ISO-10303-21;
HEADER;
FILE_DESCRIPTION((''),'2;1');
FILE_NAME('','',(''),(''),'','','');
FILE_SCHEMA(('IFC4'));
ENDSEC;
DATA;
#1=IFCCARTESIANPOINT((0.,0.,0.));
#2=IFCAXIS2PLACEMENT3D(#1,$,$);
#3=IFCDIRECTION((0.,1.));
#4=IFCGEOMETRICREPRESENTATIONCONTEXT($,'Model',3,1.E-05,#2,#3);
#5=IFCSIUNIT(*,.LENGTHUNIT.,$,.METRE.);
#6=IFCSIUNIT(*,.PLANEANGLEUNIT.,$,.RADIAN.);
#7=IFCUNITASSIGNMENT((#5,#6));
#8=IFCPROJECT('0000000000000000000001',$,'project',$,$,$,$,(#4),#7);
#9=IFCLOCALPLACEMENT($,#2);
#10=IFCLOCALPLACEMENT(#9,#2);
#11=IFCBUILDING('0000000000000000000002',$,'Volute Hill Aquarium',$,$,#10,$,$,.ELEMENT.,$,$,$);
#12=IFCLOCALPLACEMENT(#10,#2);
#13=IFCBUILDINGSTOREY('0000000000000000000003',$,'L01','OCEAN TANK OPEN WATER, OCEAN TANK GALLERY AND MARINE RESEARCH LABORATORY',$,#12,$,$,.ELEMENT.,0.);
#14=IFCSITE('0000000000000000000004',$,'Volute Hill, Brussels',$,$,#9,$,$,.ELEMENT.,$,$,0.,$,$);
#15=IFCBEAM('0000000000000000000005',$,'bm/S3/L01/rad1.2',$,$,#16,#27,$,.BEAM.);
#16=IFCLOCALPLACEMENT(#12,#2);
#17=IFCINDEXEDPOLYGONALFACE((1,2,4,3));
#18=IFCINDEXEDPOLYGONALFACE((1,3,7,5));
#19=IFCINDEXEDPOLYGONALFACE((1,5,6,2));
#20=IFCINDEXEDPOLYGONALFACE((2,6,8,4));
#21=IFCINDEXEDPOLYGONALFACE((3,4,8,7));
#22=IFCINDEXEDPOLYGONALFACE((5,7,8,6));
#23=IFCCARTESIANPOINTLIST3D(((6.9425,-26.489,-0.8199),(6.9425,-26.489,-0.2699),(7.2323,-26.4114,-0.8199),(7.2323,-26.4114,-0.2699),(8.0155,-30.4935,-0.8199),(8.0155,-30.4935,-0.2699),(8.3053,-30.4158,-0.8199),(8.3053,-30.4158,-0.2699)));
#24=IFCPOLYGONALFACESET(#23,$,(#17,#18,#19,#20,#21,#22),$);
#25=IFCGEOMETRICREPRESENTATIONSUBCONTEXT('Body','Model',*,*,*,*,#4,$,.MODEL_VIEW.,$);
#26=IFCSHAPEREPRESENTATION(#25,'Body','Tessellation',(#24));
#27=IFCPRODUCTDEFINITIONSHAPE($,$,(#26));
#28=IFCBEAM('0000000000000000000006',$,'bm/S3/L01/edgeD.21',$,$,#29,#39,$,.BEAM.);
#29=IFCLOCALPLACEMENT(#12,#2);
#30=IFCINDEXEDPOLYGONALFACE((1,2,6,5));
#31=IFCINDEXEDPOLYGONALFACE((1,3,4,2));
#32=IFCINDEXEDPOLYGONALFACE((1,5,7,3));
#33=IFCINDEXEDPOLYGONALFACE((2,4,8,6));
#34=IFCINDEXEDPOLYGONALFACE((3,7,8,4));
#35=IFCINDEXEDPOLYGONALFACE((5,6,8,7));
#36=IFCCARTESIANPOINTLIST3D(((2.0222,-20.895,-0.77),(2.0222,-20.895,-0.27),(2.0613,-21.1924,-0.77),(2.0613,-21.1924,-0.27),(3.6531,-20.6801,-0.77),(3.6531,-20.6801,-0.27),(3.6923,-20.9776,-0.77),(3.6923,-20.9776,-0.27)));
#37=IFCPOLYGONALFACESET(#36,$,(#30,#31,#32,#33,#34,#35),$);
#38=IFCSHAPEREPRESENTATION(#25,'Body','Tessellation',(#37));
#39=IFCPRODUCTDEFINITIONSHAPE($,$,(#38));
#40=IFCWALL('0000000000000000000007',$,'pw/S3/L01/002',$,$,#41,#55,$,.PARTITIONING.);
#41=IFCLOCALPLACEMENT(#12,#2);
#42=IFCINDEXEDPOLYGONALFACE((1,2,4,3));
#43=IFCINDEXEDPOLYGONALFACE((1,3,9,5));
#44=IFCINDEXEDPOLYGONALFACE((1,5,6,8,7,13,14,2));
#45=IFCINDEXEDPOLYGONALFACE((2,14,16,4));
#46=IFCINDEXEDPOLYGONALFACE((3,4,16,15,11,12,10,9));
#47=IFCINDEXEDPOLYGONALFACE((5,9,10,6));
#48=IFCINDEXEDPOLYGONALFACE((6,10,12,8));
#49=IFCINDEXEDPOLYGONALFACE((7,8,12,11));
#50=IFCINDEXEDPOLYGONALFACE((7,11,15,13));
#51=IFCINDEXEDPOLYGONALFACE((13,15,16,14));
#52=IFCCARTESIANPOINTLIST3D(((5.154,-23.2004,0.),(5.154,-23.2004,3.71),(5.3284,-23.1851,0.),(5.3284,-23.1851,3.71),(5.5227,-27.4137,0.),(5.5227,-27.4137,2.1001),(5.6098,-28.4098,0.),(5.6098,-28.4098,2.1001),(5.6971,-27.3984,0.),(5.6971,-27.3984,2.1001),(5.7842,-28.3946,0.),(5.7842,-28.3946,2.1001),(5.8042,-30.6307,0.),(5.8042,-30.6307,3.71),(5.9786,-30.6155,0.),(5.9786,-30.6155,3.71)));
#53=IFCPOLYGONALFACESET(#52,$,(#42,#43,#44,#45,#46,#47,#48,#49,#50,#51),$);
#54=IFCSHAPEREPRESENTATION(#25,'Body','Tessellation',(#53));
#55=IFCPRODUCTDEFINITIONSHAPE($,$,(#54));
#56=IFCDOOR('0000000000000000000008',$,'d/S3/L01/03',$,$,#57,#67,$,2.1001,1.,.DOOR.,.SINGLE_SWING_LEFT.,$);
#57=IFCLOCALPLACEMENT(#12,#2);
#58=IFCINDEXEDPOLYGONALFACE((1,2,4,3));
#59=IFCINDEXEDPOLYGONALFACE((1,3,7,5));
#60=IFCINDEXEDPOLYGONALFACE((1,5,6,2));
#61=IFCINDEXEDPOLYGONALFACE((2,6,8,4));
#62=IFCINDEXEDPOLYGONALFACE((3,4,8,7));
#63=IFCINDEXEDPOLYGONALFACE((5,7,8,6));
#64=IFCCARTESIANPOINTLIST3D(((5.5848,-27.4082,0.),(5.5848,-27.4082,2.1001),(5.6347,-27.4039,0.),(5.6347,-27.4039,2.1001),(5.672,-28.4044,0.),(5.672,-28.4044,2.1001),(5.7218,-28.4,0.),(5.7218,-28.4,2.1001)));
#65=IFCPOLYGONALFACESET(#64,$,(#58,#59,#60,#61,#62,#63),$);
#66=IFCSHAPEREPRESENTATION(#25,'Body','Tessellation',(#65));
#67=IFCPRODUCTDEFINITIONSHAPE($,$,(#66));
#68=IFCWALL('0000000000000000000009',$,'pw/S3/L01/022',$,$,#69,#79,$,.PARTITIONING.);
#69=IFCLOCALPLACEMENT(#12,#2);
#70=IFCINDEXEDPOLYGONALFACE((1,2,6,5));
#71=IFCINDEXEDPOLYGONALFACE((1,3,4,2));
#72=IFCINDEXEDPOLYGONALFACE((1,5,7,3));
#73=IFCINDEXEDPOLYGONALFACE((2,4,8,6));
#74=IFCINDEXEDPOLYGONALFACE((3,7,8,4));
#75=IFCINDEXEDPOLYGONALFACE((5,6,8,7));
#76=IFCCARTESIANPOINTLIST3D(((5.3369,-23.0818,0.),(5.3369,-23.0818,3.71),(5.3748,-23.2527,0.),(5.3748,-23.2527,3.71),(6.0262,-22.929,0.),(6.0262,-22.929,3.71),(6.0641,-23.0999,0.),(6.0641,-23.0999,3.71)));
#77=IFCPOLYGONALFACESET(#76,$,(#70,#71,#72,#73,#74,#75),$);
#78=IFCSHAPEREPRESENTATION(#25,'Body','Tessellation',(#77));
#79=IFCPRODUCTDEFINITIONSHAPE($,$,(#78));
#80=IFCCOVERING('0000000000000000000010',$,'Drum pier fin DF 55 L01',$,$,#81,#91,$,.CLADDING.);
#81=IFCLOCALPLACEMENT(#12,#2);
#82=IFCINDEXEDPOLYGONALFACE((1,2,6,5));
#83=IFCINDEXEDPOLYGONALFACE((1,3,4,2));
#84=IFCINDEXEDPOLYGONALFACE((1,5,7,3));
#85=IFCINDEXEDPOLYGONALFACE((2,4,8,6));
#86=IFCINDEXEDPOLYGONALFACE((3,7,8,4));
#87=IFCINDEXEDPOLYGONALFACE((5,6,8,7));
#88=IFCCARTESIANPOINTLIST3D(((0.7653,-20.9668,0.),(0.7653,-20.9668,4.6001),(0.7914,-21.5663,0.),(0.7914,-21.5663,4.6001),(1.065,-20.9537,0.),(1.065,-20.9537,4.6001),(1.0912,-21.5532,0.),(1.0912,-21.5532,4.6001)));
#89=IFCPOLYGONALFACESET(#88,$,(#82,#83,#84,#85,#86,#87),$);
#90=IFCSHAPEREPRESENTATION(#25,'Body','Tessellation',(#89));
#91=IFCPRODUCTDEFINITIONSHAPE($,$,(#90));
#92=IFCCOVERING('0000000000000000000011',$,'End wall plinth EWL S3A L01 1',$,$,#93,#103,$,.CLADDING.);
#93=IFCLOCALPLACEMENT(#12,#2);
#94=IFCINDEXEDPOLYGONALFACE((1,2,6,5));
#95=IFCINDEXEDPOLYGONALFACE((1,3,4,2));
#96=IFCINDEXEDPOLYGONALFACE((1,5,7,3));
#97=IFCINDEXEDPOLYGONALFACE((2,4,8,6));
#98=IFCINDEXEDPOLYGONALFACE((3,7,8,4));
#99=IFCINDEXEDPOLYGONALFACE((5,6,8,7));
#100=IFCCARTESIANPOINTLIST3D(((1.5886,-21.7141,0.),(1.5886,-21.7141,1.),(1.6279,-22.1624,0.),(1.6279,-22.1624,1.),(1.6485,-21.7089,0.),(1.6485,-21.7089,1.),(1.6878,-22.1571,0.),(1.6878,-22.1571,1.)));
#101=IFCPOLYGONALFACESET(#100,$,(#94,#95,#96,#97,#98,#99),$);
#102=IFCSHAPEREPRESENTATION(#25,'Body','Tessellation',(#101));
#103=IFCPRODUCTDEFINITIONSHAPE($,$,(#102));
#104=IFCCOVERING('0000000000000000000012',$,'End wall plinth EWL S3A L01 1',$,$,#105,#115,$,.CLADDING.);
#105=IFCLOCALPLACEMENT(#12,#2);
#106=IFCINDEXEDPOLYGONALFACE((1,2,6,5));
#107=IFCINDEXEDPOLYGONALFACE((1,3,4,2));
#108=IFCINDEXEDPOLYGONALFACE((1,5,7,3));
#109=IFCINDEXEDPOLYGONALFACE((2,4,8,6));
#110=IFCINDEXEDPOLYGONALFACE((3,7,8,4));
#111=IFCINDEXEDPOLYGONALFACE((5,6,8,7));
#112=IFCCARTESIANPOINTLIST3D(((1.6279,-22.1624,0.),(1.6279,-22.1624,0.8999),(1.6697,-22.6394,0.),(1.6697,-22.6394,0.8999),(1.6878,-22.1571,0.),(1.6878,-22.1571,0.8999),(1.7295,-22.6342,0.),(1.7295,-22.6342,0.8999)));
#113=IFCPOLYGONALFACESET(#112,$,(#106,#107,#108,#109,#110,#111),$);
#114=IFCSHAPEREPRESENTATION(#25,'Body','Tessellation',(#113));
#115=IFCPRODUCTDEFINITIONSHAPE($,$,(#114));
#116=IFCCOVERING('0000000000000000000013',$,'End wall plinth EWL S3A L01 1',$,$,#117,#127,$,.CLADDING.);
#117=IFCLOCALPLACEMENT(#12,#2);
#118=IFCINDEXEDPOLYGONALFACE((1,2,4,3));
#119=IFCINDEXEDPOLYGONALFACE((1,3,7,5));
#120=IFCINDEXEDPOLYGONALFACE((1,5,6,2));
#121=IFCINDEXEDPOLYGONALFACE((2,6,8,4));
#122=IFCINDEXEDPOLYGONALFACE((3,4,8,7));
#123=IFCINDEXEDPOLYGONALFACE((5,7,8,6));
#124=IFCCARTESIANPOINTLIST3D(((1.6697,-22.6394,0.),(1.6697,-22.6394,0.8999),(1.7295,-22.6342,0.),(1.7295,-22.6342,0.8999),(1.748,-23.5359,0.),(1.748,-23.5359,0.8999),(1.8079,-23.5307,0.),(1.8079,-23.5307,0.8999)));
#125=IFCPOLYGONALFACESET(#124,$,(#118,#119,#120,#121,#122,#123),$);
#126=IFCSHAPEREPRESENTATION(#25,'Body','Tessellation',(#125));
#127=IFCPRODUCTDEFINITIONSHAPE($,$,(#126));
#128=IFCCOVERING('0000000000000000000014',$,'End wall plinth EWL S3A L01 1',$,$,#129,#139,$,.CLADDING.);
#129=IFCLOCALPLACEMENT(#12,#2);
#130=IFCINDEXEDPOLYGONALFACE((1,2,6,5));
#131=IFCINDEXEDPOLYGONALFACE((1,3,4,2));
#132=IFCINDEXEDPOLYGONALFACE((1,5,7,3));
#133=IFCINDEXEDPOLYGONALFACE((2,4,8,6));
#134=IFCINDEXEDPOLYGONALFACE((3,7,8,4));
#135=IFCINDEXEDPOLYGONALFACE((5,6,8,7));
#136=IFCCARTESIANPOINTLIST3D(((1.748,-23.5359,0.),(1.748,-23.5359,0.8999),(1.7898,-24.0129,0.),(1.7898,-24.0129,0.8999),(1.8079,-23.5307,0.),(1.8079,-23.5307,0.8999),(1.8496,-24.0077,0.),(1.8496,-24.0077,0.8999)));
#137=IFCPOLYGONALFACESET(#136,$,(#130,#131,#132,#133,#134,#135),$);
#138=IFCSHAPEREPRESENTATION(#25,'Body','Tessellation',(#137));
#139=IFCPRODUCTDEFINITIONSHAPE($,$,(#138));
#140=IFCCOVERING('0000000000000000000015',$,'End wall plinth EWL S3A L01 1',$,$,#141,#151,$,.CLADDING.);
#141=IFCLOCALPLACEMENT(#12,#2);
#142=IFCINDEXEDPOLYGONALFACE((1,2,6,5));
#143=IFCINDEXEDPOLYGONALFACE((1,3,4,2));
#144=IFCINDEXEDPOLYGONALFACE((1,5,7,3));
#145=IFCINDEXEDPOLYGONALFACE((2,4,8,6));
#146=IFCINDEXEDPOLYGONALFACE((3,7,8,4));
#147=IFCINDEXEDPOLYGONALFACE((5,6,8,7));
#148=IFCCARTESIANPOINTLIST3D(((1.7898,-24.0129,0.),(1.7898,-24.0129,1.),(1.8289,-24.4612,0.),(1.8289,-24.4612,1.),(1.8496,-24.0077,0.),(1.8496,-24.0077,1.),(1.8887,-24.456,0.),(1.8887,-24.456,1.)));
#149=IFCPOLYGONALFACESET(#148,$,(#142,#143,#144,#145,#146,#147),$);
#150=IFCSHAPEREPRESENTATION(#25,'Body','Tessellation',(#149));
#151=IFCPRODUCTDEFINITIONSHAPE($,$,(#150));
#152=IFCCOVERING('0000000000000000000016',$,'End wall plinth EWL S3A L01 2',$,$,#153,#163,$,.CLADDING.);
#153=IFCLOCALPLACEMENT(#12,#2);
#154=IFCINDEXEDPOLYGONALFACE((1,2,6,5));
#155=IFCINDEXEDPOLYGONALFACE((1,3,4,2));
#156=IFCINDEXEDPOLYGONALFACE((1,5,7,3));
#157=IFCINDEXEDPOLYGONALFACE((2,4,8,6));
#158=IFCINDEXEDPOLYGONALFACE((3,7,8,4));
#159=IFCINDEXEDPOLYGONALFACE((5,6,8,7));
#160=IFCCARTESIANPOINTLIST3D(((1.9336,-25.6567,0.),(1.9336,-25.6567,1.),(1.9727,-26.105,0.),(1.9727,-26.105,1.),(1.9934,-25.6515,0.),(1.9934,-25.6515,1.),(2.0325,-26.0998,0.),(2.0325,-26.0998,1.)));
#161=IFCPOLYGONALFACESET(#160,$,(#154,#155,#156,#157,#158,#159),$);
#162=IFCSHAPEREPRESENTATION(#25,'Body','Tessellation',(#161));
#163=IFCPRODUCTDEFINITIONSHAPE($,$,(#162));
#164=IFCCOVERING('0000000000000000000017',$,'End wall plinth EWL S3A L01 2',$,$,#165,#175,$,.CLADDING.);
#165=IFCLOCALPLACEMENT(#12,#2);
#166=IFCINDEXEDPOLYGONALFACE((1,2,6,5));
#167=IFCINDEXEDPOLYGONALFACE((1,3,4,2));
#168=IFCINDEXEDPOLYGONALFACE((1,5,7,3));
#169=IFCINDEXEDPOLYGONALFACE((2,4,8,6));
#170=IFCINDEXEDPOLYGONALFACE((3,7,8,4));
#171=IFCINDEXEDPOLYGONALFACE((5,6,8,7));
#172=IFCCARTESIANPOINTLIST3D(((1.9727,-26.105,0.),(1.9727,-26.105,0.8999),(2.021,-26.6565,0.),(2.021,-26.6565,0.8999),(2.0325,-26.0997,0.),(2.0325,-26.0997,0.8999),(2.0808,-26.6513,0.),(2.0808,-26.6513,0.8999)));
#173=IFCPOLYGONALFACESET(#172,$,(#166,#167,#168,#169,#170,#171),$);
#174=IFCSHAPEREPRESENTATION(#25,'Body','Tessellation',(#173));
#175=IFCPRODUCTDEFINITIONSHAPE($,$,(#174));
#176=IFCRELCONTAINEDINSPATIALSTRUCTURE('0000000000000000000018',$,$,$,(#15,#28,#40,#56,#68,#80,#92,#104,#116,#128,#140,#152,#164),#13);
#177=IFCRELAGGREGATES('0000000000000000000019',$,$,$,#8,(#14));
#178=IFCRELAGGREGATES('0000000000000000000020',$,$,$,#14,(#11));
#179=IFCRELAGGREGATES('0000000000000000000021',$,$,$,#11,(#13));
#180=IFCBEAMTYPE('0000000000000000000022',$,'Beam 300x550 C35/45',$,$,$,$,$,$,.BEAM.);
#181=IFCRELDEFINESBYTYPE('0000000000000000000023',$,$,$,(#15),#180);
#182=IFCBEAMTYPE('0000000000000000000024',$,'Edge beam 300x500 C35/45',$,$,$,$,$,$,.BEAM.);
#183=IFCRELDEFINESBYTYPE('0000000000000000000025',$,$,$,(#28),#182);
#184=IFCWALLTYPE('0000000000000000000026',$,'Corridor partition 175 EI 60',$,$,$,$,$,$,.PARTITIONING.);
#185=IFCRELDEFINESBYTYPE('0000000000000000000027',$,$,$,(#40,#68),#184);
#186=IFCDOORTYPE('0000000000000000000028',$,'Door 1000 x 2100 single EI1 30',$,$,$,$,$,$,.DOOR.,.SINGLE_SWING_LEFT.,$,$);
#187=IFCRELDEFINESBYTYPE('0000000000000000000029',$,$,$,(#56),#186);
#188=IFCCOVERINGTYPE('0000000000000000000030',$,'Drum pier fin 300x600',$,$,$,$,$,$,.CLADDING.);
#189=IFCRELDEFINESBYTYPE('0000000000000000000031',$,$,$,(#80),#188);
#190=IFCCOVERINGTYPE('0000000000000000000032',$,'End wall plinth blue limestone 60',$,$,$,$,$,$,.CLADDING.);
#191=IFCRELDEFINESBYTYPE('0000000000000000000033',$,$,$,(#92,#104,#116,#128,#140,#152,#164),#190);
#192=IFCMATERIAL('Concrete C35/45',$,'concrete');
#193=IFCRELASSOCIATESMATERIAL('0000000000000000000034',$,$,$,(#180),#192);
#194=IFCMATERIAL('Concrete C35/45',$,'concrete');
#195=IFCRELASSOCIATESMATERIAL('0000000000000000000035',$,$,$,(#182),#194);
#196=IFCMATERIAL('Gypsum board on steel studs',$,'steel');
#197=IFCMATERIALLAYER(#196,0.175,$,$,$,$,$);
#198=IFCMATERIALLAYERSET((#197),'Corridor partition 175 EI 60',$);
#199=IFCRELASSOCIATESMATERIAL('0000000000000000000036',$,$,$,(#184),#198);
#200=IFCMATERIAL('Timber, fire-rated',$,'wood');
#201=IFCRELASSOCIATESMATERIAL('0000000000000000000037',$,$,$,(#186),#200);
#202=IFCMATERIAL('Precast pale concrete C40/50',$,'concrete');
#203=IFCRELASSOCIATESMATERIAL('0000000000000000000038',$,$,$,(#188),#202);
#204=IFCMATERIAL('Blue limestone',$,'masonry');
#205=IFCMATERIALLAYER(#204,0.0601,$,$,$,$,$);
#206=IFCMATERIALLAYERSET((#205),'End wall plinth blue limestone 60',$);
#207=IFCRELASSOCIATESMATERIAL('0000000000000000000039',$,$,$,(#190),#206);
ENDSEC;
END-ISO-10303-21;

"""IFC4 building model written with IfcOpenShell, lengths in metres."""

from ifc_helpers import new_model, si_unit, direction, frame, frame_2d, origin, origin_2d, place, context, subcontext, project, spatial, polyline, rectangle, outline, extrude, material, layer, layer_set, material_profile, profile_set, type_object, element, fill, save


model = new_model("IFC4")

# Units and contexts
model_context = context("Model", 3, precision=1e-05, world=origin(), true_north=direction((0.0, 1.0)))
body_context = subcontext(model_context, "Body", "Model", "MODEL_VIEW")
ifc_project = project(units=[si_unit("LENGTHUNIT", "METRE"), si_unit("PLANEANGLEUNIT", "RADIAN")], contexts=[model_context])

# Site, building, storey
site_placement = place(None, origin())
site = spatial("IfcSite", under=ifc_project, at=site_placement, Name="Volute Hill, Brussels", CompositionType="ELEMENT", RefElevation=0.0)
building_placement = place(site_placement, origin())
building = spatial("IfcBuilding", under=site, at=building_placement, Name="Volute Hill Aquarium", CompositionType="ELEMENT")
storey_placement = place(building_placement, origin())
storey = spatial("IfcBuildingStorey", under=building, at=storey_placement, Name="L01", Description="OCEAN TANK OPEN WATER, OCEAN TANK GALLERY AND MARINE RESEARCH LABORATORY", CompositionType="ELEMENT", Elevation=0.0)

# Beams
ifc_material_1 = material(Name="Concrete C35/45", Category="concrete")
ifc_material_profile_1 = material_profile(ifc_material_1, rectangle(XDim=0.3, YDim=0.55, at=origin_2d()), Name="RC beam 300x550")
ifc_profile_set_1 = profile_set([ifc_material_profile_1], Name="Concrete C35/45")
beam_type_1 = type_object("IfcBeamType", Name="Beam 300x550 C35/45", PredefinedType="BEAM", material=ifc_profile_set_1)
beam_1_placement = place(storey_placement, frame((7.0874, -26.4502, -0.5449), z_axis=(0.258824, -0.965924, 0.0), x_axis=(0.965924, 0.258824, 0.0)))
element("IfcBeam", 1, at=beam_1_placement, inside=storey, type_object=beam_type_1, Name="bm/S3/L01/rad1.2", PredefinedType="BEAM", context=body_context, shape_type="SweptSolid", body=[
    extrude(rectangle(XDim=0.3, YDim=0.55, at=origin_2d()), origin(), (0.0, 0.0, 1.0), 4.1458),
])
ifc_material_2 = material(Name="Concrete C35/45", Category="concrete")
ifc_material_profile_2 = material_profile(ifc_material_2, rectangle(XDim=0.3, YDim=0.5, at=origin_2d()), Name="RC edge beam 300x500")
ifc_profile_set_2 = profile_set([ifc_material_profile_2], Name="Concrete C35/45")
beam_type_2 = type_object("IfcBeamType", Name="Edge beam 300x500 C35/45", PredefinedType="BEAM", material=ifc_profile_set_2)
beam_2_placement = place(storey_placement, frame((2.0417, -21.0437, -0.52), z_axis=(0.991434, 0.130608, 0.0), x_axis=(-0.130608, 0.991434, 0.0)))
element("IfcBeam", 2, at=beam_2_placement, inside=storey, type_object=beam_type_2, Name="bm/S3/L01/edgeD.21", PredefinedType="BEAM", context=body_context, shape_type="SweptSolid", body=[
    extrude(rectangle(XDim=0.3, YDim=0.5, at=origin_2d()), origin(), (0.0, 0.0, 1.0), 1.645),
])

# Wall, opening, door
ifc_material_3 = material(Name="Gypsum board on steel studs", Category="steel")
ifc_layer_1 = layer(ifc_material_3, 0.175)
ifc_layer_set_1 = layer_set([ifc_layer_1], Name="Corridor partition 175 EI 60")
wall_type = type_object("IfcWallType", Name="Corridor partition 175 EI 60", PredefinedType="PARTITIONING", material=ifc_layer_set_1)
wall_1_placement = place(storey_placement, frame((5.2412, -23.1926, 0.0), z_axis=(0.0, 0.0, 1.0), x_axis=(0.087165, -0.996194, 0.0)))
wall_1 = element("IfcWall", 3, at=wall_1_placement, inside=storey, type_object=wall_type, Name="pw/S3/L01/002", PredefinedType="PARTITIONING", context=body_context, shape_type="SweptSolid", body=[
    extrude(rectangle(XDim=7.4587, YDim=0.175, at=frame_2d((3.7295, 0.0))), origin(), (0.0, 0.0, 1.0), 3.71),
])
opening_placement = place(wall_1_placement, frame((4.2295, 0.0, 0.0)))
opening = element("IfcOpeningElement", 4, at=opening_placement, cuts=wall_1, PredefinedType="OPENING", context=body_context, shape_type="SweptSolid", body=[
    extrude(rectangle(XDim=1.0, YDim=2.1001, at=frame_2d((0.5, 1.05))), frame((0.0, 0.0974, 0.0), z_axis=(0.0, -1.0, 0.0), x_axis=(1.0, 0.0, 0.0)), (0.0, 0.0, 1.0), 0.1951),
])
ifc_material_4 = material(Name="Timber, fire-rated", Category="wood")
door_type = type_object("IfcDoorType", Name="Door 1000 x 2100 single EI1 30", OperationType="SINGLE_SWING_LEFT", PredefinedType="DOOR", material=ifc_material_4)
door_placement = place(opening_placement, origin())
door = element("IfcDoor", 5, at=door_placement, inside=storey, type_object=door_type, Name="d/S3/L01/03", OperationType="SINGLE_SWING_LEFT", OverallHeight=2.1001, OverallWidth=1.0, PredefinedType="DOOR", context=body_context, shape_type="SweptSolid", body=[
    extrude(rectangle(XDim=1.0, YDim=2.1001, at=frame_2d((0.5, 1.05))), frame((0.0, 0.0249, 0.0), z_axis=(0.0, -1.0, 0.0), x_axis=(1.0, 0.0, 0.0)), (0.0, 0.0, 1.0), 0.05),
])
fill(opening, door)

# Wall
wall_2_placement = place(storey_placement, frame((6.0452, -23.0144, 0.0), z_axis=(0.0, 0.0, 1.0), x_axis=(-0.976285, -0.216491, 0.0)))
element("IfcWall", 6, at=wall_2_placement, inside=storey, type_object=wall_type, Name="pw/S3/L01/022", PredefinedType="PARTITIONING", context=body_context, shape_type="SweptSolid", body=[
    extrude(rectangle(XDim=0.7061, YDim=0.175, at=frame_2d((0.353, 0.0))), origin(), (0.0, 0.0, 1.0), 3.71),
])

# Coverings
ifc_material_5 = material(Name="Precast pale concrete C40/50", Category="concrete")
covering_type_1 = type_object("IfcCoveringType", Name="Drum pier fin 300x600", PredefinedType="CLADDING", material=ifc_material_5)
covering_1_placement = place(storey_placement, frame((0.9282, -21.26, 0.0), z_axis=(0.0, 0.0, 1.0), x_axis=(0.999048, 0.043619, 0.0)))
element("IfcCovering", 7, at=covering_1_placement, inside=storey, type_object=covering_type_1, Name="Drum pier fin DF 55 L01", PredefinedType="CLADDING", context=body_context, shape_type="SweptSolid", body=[
    extrude(rectangle(XDim=0.3, YDim=0.6001, at=origin_2d()), origin(), (0.0, 0.0, 1.0), 4.6001),
])
ifc_material_6 = material(Name="Blue limestone", Category="masonry")
ifc_layer_2 = layer(ifc_material_6, 0.0601)
ifc_layer_set_2 = layer_set([ifc_layer_2], Name="End wall plinth blue limestone 60")
covering_type_2 = type_object("IfcCoveringType", Name="End wall plinth blue limestone 60", PredefinedType="CLADDING", material=ifc_layer_set_2)
covering_2_placement = place(storey_placement, frame((1.5886, -21.7141, 0.0), z_axis=(-0.996177, -0.087355, 0.0), x_axis=(0.087355, -0.996177, 0.0)))
element("IfcCovering", 8, at=covering_2_placement, inside=storey, type_object=covering_type_2, Name="End wall plinth EWL S3A L01 1", PredefinedType="CLADDING", context=body_context, shape_type="SweptSolid", body=[
    extrude(outline(polyline([(0.0, 0.0), (0.45, 0.0), (0.45, 1.0), (0.0, 1.0), (0.0, 0.0)])), origin(), (0.0, 0.0, -1.0), 0.0601),
])
covering_3_placement = place(storey_placement, frame((1.6279, -22.1624, 0.0), z_axis=(-0.996193, -0.08718, 0.0), x_axis=(0.08718, -0.996193, 0.0)))
element("IfcCovering", 9, at=covering_3_placement, inside=storey, type_object=covering_type_2, Name="End wall plinth EWL S3A L01 1", PredefinedType="CLADDING", context=body_context, shape_type="SweptSolid", body=[
    extrude(outline(polyline([(0.0, 0.0), (0.4789, 0.0), (0.4789, 0.8999), (0.0, 0.8999), (0.0, 0.0)])), origin(), (0.0, 0.0, -1.0), 0.0601),
])
covering_4_placement = place(storey_placement, frame((1.6697, -22.6394, 0.0), z_axis=(-0.996201, -0.087086, 0.0), x_axis=(0.087086, -0.996201, 0.0)))
element("IfcCovering", 10, at=covering_4_placement, inside=storey, type_object=covering_type_2, Name="End wall plinth EWL S3A L01 1", PredefinedType="CLADDING", context=body_context, shape_type="SweptSolid", body=[
    extrude(outline(polyline([(0.0, 0.0), (0.8999, 0.0), (0.8999, 0.8999), (0.0, 0.8999), (0.0, 0.0)])), origin(), (0.0, 0.0, -1.0), 0.0601),
])
covering_5_placement = place(storey_placement, frame((1.748, -23.5359, 0.0), z_axis=(-0.996193, -0.08718, 0.0), x_axis=(0.08718, -0.996193, 0.0)))
element("IfcCovering", 11, at=covering_5_placement, inside=storey, type_object=covering_type_2, Name="End wall plinth EWL S3A L01 1", PredefinedType="CLADDING", context=body_context, shape_type="SweptSolid", body=[
    extrude(outline(polyline([(0.0, 0.0), (0.4789, 0.0), (0.4789, 0.8999), (0.0, 0.8999), (0.0, 0.0)])), origin(), (0.0, 0.0, -1.0), 0.0601),
])
for number, where, z_axis, x_axis, name in (
    (12, (1.7898, -24.0129, 0.0), (-0.996224, -0.086817, 0.0), (0.086817, -0.996224, 0.0), "End wall plinth EWL S3A L01 1"),
    (13, (1.9336, -25.6567, 0.0), (-0.996224, -0.086817, 0.0), (0.086817, -0.996224, 0.0), "End wall plinth EWL S3A L01 2"),
):
    element("IfcCovering", number, at=place(storey_placement, frame(where, z_axis=z_axis, x_axis=x_axis)), inside=storey, type_object=covering_type_2, Name=name, PredefinedType="CLADDING", context=body_context, shape_type="SweptSolid", body=[
        extrude(outline(polyline([(0.0, 0.0), (0.4499, 0.0), (0.4499, 1.0), (0.0, 1.0), (0.0, 0.0)])), origin(), (0.0, 0.0, -1.0), 0.0601),
    ])
covering_6_placement = place(storey_placement, frame((1.9727, -26.105, 0.0), z_axis=(-0.996181, -0.087315, 0.0), x_axis=(0.087315, -0.996181, 0.0)))
element("IfcCovering", 14, at=covering_6_placement, inside=storey, type_object=covering_type_2, Name="End wall plinth EWL S3A L01 2", PredefinedType="CLADDING", context=body_context, shape_type="SweptSolid", body=[
    extrude(outline(polyline([(0.0, 0.0), (0.5536, 0.0), (0.5536, 0.8999), (0.0, 0.8999), (0.0, 0.0)])), origin(), (0.0, 0.0, -1.0), 0.0601),
])

save(model, "model.ifc")
